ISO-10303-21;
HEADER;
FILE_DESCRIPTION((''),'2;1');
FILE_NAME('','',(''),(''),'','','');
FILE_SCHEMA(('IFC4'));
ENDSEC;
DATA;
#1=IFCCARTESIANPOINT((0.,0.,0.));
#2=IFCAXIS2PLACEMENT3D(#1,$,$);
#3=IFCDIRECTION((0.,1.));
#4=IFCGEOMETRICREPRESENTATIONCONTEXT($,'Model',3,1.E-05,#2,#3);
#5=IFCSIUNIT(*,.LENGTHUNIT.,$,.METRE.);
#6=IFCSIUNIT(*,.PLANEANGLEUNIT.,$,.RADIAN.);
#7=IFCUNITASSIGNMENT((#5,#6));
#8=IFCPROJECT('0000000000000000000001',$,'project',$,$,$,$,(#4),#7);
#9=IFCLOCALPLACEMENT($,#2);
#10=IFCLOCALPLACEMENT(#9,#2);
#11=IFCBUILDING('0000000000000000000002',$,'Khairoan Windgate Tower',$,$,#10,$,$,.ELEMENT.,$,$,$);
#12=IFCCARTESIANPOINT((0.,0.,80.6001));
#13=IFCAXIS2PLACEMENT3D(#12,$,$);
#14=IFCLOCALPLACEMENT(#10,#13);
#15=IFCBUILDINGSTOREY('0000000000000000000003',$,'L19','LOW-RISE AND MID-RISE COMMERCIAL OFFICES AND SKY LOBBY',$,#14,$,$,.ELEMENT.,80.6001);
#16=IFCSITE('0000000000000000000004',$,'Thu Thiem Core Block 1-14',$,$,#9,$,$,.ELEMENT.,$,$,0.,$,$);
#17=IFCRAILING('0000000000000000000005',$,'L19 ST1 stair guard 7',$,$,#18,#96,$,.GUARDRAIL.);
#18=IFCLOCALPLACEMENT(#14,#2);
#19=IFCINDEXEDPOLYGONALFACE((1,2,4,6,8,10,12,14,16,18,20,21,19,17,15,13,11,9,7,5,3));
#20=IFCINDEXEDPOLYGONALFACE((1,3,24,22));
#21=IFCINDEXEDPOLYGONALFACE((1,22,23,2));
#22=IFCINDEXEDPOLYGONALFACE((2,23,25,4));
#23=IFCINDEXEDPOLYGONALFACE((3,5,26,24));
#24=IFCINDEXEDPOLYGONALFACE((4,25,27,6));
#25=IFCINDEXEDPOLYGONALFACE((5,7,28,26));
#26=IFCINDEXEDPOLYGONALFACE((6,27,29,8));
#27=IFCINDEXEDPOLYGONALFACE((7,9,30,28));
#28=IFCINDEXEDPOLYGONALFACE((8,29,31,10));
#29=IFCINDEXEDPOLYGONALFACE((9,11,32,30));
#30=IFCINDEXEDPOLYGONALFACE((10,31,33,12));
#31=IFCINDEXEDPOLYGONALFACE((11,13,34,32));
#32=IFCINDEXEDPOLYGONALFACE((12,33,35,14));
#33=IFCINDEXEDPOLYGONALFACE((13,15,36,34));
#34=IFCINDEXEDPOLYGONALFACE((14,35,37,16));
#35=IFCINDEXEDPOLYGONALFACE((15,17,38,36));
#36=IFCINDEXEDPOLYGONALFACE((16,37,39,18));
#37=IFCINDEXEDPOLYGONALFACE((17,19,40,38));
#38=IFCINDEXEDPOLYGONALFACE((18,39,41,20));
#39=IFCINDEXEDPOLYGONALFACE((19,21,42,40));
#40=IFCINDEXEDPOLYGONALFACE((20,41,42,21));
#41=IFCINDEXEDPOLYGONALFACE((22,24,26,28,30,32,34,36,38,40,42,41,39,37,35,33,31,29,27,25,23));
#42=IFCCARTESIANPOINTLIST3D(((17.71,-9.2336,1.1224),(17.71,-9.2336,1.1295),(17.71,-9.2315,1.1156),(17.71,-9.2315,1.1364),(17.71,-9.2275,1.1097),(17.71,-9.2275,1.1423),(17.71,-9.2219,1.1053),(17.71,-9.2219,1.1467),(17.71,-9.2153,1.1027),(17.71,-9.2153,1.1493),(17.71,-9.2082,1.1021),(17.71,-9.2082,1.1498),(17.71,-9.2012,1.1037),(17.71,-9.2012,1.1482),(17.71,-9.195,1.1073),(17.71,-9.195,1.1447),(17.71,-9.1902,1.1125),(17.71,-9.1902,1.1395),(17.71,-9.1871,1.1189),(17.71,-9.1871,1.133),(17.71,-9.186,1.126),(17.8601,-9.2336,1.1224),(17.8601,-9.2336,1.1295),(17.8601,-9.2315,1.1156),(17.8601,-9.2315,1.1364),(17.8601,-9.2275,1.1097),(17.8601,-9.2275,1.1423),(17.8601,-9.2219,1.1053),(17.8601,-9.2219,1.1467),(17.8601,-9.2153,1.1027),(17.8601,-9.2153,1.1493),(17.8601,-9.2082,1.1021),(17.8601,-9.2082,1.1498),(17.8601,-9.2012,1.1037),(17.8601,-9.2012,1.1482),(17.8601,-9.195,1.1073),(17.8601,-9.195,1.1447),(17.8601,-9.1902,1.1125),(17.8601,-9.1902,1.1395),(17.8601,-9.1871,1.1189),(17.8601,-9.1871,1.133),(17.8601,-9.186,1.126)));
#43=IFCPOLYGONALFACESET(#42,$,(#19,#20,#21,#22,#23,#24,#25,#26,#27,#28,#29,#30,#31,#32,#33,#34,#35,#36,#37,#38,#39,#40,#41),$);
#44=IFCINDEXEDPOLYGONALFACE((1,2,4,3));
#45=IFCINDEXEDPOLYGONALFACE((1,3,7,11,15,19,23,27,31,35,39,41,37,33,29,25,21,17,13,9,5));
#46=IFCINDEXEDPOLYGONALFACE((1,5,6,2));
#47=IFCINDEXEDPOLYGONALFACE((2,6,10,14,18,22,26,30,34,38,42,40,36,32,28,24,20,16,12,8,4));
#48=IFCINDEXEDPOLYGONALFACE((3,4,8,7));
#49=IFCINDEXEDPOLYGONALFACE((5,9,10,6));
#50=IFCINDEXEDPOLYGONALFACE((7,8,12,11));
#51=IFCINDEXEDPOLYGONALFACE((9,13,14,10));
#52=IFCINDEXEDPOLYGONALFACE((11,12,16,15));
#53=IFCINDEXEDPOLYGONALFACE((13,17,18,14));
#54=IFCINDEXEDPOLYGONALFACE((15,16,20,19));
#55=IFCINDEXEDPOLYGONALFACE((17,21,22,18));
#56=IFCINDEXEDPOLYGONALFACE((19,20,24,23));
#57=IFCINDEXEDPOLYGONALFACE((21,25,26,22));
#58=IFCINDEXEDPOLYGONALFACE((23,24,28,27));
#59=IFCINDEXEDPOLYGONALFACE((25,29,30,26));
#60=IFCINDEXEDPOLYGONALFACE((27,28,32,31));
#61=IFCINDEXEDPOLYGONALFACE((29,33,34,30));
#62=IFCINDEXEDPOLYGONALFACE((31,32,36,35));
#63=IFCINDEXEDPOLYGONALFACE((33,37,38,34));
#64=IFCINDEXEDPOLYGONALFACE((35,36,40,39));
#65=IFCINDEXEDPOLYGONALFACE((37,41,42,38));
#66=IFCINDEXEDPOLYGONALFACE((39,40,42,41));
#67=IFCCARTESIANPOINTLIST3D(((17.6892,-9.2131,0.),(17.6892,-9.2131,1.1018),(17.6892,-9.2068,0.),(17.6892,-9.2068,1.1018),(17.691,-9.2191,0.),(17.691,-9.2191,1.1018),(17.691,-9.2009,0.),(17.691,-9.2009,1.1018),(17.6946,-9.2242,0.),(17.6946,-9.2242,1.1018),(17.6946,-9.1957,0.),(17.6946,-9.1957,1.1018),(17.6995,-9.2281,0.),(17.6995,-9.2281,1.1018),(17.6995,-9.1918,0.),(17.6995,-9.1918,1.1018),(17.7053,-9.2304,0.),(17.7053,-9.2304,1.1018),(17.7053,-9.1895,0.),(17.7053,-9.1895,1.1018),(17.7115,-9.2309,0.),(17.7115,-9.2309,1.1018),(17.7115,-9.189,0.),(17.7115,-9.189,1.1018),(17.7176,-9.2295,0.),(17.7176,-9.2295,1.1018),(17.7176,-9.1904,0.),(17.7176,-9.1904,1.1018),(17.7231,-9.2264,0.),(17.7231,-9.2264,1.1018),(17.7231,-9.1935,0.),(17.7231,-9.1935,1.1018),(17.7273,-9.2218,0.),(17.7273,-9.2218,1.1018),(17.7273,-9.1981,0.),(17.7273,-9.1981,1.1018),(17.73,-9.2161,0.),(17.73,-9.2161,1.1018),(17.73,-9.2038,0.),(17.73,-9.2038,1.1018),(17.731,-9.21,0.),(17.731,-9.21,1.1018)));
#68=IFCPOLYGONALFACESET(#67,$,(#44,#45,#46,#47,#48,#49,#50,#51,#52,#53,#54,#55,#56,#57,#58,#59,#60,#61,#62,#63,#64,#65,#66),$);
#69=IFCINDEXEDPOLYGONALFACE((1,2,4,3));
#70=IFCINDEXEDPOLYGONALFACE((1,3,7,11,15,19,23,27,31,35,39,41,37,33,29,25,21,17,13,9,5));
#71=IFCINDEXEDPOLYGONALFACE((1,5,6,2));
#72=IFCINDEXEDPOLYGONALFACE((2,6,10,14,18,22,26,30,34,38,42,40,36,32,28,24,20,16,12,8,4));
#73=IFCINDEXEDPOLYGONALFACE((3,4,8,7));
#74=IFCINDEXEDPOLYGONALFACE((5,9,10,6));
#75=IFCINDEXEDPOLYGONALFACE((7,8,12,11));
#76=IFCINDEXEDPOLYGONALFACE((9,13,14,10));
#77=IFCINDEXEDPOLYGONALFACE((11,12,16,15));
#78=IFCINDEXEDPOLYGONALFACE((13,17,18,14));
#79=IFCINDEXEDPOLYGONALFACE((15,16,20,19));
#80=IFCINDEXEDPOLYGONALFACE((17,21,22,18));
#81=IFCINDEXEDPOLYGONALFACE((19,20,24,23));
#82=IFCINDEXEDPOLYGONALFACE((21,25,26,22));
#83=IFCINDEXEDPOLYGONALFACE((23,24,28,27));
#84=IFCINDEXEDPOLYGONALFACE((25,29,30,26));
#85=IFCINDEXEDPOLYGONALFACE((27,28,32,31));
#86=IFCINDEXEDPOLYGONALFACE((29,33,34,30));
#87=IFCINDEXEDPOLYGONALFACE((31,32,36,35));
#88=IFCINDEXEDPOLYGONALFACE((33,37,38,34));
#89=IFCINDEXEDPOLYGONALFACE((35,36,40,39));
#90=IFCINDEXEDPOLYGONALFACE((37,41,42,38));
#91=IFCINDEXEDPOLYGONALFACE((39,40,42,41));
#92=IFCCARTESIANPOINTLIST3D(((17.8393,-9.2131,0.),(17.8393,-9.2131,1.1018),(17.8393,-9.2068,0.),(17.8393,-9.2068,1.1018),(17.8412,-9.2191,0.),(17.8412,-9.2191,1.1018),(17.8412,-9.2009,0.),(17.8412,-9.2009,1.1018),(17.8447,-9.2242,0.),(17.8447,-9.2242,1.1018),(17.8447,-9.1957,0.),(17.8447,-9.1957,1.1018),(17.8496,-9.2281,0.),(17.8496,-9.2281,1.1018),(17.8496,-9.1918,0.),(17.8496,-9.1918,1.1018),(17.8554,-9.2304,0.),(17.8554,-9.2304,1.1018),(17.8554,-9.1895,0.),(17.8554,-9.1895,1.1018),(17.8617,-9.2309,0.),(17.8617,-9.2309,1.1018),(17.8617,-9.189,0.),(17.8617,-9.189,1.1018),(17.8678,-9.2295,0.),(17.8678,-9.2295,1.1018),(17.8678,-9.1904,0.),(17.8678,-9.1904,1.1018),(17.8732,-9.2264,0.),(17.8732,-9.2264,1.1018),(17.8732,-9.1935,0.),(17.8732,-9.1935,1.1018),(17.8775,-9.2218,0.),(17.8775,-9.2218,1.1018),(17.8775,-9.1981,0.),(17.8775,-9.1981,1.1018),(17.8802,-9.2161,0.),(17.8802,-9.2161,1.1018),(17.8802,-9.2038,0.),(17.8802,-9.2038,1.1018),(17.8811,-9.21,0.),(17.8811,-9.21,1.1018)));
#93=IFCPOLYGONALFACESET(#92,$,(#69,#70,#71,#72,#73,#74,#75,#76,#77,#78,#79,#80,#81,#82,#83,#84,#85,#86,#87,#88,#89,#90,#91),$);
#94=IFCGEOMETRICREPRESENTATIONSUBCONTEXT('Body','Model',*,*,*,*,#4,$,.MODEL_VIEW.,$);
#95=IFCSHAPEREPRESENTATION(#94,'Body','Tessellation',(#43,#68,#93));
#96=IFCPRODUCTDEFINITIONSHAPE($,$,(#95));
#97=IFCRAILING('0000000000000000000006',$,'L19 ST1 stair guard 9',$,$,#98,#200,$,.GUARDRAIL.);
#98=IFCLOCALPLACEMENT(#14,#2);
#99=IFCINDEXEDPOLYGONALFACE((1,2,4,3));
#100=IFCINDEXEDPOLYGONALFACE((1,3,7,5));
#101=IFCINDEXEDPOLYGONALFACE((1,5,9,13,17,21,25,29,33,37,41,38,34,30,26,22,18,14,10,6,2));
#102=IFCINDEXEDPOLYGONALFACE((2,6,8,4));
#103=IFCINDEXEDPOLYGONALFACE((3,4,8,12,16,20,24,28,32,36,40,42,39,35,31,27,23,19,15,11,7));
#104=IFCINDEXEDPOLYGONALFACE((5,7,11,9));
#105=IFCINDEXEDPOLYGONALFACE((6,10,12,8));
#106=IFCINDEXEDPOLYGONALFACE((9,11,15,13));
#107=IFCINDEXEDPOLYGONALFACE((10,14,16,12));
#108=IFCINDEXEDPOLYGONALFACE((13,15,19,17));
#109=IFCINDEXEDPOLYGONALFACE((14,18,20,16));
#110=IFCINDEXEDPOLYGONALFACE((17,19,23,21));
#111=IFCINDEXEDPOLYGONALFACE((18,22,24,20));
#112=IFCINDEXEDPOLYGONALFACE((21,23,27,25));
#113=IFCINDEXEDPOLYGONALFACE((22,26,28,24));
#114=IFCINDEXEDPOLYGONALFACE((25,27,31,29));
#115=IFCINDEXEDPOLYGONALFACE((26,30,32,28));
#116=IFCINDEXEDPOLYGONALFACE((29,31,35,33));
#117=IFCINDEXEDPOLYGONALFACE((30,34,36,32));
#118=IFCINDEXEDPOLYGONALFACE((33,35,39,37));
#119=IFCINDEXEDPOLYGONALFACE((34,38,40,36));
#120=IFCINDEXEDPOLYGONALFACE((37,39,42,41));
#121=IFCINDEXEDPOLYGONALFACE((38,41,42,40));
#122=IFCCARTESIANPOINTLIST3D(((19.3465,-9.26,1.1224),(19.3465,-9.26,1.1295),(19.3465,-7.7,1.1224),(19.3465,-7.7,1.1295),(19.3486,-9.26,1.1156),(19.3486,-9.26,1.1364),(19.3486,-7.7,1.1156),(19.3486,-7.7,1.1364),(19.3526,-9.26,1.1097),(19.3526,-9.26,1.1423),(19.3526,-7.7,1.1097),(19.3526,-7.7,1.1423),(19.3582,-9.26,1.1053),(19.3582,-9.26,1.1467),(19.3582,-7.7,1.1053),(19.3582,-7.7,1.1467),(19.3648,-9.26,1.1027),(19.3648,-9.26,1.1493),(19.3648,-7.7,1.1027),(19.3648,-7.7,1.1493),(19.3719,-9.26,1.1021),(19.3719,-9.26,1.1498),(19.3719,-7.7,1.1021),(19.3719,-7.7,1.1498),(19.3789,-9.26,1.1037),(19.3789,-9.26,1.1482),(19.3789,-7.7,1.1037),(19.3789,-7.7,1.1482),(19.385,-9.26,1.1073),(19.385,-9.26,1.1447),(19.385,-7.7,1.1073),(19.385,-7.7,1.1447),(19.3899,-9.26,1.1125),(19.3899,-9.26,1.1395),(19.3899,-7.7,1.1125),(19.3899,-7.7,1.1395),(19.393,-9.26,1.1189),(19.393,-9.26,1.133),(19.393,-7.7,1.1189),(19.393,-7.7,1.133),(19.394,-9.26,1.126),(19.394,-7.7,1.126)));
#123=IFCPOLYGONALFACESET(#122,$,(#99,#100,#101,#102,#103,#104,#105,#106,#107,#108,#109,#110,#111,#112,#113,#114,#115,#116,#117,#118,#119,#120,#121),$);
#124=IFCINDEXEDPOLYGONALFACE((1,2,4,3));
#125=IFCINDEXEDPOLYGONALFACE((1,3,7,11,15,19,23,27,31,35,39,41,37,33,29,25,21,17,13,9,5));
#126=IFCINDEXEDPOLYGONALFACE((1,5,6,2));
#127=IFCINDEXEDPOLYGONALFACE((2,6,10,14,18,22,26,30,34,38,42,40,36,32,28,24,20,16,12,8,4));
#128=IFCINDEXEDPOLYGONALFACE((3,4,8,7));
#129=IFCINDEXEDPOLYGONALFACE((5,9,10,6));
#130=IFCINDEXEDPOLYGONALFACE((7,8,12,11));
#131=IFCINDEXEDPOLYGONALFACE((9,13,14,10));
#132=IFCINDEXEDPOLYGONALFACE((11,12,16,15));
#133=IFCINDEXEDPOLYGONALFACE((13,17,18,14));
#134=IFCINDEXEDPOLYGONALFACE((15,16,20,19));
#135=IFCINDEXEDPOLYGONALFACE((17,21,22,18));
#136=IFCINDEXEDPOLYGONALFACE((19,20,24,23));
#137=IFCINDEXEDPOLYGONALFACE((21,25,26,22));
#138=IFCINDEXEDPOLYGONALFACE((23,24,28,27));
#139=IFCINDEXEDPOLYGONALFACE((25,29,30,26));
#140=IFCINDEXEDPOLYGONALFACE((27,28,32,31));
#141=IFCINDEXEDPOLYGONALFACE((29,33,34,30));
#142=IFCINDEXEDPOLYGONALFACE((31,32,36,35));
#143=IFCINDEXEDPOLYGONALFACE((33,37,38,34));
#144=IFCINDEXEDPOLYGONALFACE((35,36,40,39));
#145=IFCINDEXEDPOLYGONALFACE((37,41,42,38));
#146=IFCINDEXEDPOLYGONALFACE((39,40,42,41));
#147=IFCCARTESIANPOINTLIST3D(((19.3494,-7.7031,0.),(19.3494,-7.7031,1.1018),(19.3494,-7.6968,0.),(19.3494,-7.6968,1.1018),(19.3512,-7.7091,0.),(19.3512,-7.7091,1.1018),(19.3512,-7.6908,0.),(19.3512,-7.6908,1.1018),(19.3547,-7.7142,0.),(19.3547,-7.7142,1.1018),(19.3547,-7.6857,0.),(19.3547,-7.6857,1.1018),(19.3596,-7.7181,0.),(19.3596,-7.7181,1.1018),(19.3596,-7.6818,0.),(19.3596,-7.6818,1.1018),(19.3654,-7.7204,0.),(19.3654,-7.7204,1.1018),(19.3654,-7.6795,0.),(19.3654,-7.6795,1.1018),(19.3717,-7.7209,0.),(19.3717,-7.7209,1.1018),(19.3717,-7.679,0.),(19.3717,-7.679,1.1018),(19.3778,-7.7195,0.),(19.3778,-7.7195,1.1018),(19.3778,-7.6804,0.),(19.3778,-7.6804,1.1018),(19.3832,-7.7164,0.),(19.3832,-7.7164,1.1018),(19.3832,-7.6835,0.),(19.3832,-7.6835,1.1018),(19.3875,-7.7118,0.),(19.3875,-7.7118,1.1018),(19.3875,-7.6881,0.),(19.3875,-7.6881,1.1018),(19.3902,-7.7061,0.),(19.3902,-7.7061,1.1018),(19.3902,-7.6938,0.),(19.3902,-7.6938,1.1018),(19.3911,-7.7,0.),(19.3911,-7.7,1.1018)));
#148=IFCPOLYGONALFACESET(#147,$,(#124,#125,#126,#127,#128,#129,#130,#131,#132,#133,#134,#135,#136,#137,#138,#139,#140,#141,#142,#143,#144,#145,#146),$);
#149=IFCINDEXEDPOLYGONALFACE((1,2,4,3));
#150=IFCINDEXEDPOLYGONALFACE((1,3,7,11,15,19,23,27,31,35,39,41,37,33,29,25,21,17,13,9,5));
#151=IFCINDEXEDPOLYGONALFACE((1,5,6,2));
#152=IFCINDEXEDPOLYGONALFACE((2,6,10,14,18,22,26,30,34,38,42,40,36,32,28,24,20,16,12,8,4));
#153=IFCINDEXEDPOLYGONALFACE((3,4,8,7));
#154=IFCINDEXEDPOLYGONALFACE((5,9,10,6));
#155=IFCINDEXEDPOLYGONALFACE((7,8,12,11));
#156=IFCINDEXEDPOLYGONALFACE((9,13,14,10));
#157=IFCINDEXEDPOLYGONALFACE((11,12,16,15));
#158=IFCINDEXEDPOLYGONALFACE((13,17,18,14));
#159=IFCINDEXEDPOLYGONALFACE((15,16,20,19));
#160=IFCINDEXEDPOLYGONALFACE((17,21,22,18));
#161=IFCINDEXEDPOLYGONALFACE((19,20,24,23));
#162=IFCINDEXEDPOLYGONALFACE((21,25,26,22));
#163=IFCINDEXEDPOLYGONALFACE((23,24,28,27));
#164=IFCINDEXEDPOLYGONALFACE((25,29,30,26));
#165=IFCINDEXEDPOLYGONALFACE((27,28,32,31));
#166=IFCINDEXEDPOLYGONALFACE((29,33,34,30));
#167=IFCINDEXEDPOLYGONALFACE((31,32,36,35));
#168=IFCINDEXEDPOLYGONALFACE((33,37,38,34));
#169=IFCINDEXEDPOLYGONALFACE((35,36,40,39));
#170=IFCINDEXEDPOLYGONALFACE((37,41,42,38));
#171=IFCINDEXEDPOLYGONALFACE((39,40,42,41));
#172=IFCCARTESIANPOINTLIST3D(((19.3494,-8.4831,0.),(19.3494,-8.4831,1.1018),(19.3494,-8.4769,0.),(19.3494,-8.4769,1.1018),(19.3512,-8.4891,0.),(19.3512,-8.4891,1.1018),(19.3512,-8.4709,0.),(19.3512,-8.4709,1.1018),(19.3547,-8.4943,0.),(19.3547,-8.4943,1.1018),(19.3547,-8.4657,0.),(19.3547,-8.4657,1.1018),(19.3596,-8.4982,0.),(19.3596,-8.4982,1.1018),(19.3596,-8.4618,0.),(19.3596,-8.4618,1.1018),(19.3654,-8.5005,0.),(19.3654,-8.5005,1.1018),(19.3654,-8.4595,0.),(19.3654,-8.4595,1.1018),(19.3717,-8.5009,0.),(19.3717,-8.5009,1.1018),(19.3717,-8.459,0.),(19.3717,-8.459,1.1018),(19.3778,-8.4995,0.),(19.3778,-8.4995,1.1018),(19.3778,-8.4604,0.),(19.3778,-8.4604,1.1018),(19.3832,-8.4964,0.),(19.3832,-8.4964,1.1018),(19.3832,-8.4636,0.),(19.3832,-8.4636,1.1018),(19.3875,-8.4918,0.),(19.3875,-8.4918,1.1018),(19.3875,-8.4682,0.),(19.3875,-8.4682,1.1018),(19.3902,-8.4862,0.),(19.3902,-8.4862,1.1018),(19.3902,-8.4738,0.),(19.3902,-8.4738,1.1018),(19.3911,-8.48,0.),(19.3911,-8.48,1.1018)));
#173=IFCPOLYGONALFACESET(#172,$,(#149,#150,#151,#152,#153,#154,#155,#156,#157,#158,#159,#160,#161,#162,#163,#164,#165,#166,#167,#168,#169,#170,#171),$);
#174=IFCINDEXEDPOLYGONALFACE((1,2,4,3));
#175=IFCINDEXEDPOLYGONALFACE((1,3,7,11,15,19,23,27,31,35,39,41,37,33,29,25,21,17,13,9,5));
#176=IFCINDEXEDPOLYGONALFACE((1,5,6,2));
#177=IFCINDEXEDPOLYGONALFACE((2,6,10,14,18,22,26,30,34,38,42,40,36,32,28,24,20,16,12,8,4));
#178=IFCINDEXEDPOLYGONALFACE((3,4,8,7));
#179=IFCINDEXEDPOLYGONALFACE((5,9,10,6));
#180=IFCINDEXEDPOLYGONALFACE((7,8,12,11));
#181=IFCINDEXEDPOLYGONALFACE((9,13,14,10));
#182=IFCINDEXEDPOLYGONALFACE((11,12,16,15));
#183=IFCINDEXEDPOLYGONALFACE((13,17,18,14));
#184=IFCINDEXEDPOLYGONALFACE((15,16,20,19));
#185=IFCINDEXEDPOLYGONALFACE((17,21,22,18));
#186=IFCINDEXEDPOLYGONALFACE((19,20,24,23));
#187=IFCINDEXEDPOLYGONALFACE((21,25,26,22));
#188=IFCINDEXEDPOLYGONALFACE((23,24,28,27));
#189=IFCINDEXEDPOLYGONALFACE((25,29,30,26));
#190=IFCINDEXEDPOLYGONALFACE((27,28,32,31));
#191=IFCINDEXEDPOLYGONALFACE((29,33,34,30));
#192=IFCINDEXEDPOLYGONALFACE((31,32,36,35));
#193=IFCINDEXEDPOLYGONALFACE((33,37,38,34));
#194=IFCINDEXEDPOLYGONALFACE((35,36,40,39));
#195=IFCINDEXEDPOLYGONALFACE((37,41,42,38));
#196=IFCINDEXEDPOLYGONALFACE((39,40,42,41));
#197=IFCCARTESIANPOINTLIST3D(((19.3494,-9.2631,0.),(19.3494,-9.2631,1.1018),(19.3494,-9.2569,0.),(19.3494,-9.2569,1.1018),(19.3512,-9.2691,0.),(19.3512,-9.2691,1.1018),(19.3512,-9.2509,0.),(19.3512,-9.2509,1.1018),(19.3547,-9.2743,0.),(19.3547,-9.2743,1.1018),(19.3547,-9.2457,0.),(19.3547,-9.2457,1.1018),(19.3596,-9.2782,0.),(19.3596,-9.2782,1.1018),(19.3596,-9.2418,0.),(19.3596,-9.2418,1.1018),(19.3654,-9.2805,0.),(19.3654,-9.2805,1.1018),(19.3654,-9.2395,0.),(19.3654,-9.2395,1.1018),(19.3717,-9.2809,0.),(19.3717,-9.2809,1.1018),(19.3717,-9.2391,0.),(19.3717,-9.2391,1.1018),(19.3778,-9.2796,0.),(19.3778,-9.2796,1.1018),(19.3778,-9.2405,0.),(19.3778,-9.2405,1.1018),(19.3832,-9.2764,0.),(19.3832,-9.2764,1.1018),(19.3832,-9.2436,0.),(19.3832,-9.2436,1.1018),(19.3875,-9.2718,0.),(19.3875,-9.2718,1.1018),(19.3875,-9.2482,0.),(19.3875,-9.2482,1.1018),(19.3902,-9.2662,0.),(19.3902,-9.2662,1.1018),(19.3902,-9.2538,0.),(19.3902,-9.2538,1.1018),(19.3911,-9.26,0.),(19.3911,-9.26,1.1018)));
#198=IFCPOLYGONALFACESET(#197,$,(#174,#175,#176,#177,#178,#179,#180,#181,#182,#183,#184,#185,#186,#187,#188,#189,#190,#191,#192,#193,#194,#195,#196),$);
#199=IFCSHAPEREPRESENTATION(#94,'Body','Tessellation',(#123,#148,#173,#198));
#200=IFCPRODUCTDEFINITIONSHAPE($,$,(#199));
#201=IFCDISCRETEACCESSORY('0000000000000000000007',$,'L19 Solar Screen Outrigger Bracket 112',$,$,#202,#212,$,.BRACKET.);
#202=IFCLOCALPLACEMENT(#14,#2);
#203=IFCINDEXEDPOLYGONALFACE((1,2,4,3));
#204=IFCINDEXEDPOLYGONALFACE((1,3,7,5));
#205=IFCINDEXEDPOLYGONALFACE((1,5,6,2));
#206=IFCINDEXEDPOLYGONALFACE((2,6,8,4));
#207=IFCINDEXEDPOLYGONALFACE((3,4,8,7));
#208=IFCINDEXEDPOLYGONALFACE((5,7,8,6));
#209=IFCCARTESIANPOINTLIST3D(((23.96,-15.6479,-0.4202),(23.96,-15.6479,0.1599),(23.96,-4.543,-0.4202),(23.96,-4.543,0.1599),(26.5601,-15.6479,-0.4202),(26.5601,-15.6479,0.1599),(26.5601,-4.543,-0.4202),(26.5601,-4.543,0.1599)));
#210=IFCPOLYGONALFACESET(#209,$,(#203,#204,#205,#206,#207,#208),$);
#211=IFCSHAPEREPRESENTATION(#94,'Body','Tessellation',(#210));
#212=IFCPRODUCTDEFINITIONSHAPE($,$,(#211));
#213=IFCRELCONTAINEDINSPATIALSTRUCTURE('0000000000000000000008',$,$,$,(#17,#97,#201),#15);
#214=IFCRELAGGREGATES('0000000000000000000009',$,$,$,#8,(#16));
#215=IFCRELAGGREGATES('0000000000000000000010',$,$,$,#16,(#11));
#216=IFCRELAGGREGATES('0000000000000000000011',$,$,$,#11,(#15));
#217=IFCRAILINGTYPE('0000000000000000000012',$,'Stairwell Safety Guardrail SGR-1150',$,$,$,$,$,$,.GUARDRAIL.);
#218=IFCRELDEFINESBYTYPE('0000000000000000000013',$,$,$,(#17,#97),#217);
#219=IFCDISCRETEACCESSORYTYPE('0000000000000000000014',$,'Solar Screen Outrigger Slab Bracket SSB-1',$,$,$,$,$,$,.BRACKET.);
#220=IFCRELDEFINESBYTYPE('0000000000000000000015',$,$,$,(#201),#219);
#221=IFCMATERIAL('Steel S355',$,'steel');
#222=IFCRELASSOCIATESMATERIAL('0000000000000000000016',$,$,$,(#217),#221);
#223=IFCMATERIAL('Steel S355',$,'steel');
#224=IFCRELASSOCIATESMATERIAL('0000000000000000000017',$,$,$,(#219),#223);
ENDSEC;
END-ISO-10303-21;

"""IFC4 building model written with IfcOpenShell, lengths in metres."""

from ifc_helpers import new_model, si_unit, direction, frame, origin, origin_2d, place, context, subcontext, project, spatial, rectangle, circle, extrude, material, type_object, element, save


model = new_model("IFC4")

# Units and contexts
model_context = context("Model", 3, precision=1e-05, world=origin(), true_north=direction((0.0, 1.0)))
body_context = subcontext(model_context, "Body", "Model", "MODEL_VIEW")
ifc_project = project(units=[si_unit("LENGTHUNIT", "METRE"), si_unit("PLANEANGLEUNIT", "RADIAN")], contexts=[model_context])

# Site, building, storey
site_placement = place(None, origin())
site = spatial("IfcSite", under=ifc_project, at=site_placement, Name="Thu Thiem Core Block 1-14", CompositionType="ELEMENT", RefElevation=0.0)
building_placement = place(site_placement, origin())
building = spatial("IfcBuilding", under=site, at=building_placement, Name="Khairoan Windgate Tower", CompositionType="ELEMENT")
storey_placement = place(building_placement, frame((0.0, 0.0, 80.6001)))
storey = spatial("IfcBuildingStorey", under=building, at=storey_placement, Name="L19", Description="LOW-RISE AND MID-RISE COMMERCIAL OFFICES AND SKY LOBBY", CompositionType="ELEMENT", Elevation=80.6001)

# Railings
ifc_material_1 = material(Name="Steel S355", Category="steel")
railing_type_1 = type_object("IfcRailingType", Name="Stairwell Safety Guardrail SGR-1150", PredefinedType="GUARDRAIL", material=ifc_material_1)
railing_1_placement = place(storey_placement, frame((17.71, -9.21, 0.0)))
element("IfcRailing", 1, at=railing_1_placement, inside=storey, type_object=railing_type_1, Name="L19 ST1 stair guard 7", PredefinedType="GUARDRAIL", context=body_context, shape_type="SweptSolid", body=[
    extrude(circle(Radius=0.0239, at=origin_2d()), frame((0.0, 0.0, 1.126), z_axis=(1.0, 0.0, 0.0), x_axis=(0.0, 1.0, 0.0)), (0.0, 0.0, 1.0), 0.1501),
    extrude(circle(Radius=0.021, at=origin_2d()), origin(), (0.0, 0.0, 1.0), 1.1018),
    extrude(circle(Radius=0.021, at=origin_2d()), frame((0.1501, 0.0, 0.0)), (0.0, 0.0, 1.0), 1.1018),
])
railing_2_placement = place(storey_placement, frame((19.3701, -7.7, 0.0)))
element("IfcRailing", 2, at=railing_2_placement, inside=storey, type_object=railing_type_1, Name="L19 ST1 stair guard 9", PredefinedType="GUARDRAIL", context=body_context, shape_type="SweptSolid", body=[
    extrude(circle(Radius=0.0239, at=origin_2d()), frame((0.0, 0.0, 1.126), z_axis=(0.0, -1.0, 0.0), x_axis=(1.0, 0.0, 0.0)), (0.0, 0.0, 1.0), 1.5601),
    extrude(circle(Radius=0.021, at=origin_2d()), origin(), (0.0, 0.0, 1.0), 1.1018),
    extrude(circle(Radius=0.021, at=origin_2d()), frame((0.0, -0.78, 0.0)), (0.0, 0.0, 1.0), 1.1018),
    extrude(circle(Radius=0.021, at=origin_2d()), frame((0.0, -1.5601, 0.0)), (0.0, 0.0, 1.0), 1.1018),
])

# Discrete accessory
ifc_material_2 = material(Name="Steel S355", Category="steel")
discrete_accessory_type = type_object("IfcDiscreteAccessoryType", Name="Solar Screen Outrigger Slab Bracket SSB-1", PredefinedType="BRACKET", material=ifc_material_2)
discrete_accessory_placement = place(storey_placement, frame((25.26, -10.0955, -0.4202), z_axis=(0.0, 0.0, 1.0), x_axis=(0.0, -1.0, 0.0)))
element("IfcDiscreteAccessory", 3, at=discrete_accessory_placement, inside=storey, type_object=discrete_accessory_type, Name="L19 Solar Screen Outrigger Bracket 112", PredefinedType="BRACKET", context=body_context, shape_type="SweptSolid", body=[
    extrude(rectangle(XDim=11.105, YDim=2.6001, at=origin_2d()), origin(), (0.0, 0.0, 1.0), 0.5801),
])

save(model, "model.ifc")
